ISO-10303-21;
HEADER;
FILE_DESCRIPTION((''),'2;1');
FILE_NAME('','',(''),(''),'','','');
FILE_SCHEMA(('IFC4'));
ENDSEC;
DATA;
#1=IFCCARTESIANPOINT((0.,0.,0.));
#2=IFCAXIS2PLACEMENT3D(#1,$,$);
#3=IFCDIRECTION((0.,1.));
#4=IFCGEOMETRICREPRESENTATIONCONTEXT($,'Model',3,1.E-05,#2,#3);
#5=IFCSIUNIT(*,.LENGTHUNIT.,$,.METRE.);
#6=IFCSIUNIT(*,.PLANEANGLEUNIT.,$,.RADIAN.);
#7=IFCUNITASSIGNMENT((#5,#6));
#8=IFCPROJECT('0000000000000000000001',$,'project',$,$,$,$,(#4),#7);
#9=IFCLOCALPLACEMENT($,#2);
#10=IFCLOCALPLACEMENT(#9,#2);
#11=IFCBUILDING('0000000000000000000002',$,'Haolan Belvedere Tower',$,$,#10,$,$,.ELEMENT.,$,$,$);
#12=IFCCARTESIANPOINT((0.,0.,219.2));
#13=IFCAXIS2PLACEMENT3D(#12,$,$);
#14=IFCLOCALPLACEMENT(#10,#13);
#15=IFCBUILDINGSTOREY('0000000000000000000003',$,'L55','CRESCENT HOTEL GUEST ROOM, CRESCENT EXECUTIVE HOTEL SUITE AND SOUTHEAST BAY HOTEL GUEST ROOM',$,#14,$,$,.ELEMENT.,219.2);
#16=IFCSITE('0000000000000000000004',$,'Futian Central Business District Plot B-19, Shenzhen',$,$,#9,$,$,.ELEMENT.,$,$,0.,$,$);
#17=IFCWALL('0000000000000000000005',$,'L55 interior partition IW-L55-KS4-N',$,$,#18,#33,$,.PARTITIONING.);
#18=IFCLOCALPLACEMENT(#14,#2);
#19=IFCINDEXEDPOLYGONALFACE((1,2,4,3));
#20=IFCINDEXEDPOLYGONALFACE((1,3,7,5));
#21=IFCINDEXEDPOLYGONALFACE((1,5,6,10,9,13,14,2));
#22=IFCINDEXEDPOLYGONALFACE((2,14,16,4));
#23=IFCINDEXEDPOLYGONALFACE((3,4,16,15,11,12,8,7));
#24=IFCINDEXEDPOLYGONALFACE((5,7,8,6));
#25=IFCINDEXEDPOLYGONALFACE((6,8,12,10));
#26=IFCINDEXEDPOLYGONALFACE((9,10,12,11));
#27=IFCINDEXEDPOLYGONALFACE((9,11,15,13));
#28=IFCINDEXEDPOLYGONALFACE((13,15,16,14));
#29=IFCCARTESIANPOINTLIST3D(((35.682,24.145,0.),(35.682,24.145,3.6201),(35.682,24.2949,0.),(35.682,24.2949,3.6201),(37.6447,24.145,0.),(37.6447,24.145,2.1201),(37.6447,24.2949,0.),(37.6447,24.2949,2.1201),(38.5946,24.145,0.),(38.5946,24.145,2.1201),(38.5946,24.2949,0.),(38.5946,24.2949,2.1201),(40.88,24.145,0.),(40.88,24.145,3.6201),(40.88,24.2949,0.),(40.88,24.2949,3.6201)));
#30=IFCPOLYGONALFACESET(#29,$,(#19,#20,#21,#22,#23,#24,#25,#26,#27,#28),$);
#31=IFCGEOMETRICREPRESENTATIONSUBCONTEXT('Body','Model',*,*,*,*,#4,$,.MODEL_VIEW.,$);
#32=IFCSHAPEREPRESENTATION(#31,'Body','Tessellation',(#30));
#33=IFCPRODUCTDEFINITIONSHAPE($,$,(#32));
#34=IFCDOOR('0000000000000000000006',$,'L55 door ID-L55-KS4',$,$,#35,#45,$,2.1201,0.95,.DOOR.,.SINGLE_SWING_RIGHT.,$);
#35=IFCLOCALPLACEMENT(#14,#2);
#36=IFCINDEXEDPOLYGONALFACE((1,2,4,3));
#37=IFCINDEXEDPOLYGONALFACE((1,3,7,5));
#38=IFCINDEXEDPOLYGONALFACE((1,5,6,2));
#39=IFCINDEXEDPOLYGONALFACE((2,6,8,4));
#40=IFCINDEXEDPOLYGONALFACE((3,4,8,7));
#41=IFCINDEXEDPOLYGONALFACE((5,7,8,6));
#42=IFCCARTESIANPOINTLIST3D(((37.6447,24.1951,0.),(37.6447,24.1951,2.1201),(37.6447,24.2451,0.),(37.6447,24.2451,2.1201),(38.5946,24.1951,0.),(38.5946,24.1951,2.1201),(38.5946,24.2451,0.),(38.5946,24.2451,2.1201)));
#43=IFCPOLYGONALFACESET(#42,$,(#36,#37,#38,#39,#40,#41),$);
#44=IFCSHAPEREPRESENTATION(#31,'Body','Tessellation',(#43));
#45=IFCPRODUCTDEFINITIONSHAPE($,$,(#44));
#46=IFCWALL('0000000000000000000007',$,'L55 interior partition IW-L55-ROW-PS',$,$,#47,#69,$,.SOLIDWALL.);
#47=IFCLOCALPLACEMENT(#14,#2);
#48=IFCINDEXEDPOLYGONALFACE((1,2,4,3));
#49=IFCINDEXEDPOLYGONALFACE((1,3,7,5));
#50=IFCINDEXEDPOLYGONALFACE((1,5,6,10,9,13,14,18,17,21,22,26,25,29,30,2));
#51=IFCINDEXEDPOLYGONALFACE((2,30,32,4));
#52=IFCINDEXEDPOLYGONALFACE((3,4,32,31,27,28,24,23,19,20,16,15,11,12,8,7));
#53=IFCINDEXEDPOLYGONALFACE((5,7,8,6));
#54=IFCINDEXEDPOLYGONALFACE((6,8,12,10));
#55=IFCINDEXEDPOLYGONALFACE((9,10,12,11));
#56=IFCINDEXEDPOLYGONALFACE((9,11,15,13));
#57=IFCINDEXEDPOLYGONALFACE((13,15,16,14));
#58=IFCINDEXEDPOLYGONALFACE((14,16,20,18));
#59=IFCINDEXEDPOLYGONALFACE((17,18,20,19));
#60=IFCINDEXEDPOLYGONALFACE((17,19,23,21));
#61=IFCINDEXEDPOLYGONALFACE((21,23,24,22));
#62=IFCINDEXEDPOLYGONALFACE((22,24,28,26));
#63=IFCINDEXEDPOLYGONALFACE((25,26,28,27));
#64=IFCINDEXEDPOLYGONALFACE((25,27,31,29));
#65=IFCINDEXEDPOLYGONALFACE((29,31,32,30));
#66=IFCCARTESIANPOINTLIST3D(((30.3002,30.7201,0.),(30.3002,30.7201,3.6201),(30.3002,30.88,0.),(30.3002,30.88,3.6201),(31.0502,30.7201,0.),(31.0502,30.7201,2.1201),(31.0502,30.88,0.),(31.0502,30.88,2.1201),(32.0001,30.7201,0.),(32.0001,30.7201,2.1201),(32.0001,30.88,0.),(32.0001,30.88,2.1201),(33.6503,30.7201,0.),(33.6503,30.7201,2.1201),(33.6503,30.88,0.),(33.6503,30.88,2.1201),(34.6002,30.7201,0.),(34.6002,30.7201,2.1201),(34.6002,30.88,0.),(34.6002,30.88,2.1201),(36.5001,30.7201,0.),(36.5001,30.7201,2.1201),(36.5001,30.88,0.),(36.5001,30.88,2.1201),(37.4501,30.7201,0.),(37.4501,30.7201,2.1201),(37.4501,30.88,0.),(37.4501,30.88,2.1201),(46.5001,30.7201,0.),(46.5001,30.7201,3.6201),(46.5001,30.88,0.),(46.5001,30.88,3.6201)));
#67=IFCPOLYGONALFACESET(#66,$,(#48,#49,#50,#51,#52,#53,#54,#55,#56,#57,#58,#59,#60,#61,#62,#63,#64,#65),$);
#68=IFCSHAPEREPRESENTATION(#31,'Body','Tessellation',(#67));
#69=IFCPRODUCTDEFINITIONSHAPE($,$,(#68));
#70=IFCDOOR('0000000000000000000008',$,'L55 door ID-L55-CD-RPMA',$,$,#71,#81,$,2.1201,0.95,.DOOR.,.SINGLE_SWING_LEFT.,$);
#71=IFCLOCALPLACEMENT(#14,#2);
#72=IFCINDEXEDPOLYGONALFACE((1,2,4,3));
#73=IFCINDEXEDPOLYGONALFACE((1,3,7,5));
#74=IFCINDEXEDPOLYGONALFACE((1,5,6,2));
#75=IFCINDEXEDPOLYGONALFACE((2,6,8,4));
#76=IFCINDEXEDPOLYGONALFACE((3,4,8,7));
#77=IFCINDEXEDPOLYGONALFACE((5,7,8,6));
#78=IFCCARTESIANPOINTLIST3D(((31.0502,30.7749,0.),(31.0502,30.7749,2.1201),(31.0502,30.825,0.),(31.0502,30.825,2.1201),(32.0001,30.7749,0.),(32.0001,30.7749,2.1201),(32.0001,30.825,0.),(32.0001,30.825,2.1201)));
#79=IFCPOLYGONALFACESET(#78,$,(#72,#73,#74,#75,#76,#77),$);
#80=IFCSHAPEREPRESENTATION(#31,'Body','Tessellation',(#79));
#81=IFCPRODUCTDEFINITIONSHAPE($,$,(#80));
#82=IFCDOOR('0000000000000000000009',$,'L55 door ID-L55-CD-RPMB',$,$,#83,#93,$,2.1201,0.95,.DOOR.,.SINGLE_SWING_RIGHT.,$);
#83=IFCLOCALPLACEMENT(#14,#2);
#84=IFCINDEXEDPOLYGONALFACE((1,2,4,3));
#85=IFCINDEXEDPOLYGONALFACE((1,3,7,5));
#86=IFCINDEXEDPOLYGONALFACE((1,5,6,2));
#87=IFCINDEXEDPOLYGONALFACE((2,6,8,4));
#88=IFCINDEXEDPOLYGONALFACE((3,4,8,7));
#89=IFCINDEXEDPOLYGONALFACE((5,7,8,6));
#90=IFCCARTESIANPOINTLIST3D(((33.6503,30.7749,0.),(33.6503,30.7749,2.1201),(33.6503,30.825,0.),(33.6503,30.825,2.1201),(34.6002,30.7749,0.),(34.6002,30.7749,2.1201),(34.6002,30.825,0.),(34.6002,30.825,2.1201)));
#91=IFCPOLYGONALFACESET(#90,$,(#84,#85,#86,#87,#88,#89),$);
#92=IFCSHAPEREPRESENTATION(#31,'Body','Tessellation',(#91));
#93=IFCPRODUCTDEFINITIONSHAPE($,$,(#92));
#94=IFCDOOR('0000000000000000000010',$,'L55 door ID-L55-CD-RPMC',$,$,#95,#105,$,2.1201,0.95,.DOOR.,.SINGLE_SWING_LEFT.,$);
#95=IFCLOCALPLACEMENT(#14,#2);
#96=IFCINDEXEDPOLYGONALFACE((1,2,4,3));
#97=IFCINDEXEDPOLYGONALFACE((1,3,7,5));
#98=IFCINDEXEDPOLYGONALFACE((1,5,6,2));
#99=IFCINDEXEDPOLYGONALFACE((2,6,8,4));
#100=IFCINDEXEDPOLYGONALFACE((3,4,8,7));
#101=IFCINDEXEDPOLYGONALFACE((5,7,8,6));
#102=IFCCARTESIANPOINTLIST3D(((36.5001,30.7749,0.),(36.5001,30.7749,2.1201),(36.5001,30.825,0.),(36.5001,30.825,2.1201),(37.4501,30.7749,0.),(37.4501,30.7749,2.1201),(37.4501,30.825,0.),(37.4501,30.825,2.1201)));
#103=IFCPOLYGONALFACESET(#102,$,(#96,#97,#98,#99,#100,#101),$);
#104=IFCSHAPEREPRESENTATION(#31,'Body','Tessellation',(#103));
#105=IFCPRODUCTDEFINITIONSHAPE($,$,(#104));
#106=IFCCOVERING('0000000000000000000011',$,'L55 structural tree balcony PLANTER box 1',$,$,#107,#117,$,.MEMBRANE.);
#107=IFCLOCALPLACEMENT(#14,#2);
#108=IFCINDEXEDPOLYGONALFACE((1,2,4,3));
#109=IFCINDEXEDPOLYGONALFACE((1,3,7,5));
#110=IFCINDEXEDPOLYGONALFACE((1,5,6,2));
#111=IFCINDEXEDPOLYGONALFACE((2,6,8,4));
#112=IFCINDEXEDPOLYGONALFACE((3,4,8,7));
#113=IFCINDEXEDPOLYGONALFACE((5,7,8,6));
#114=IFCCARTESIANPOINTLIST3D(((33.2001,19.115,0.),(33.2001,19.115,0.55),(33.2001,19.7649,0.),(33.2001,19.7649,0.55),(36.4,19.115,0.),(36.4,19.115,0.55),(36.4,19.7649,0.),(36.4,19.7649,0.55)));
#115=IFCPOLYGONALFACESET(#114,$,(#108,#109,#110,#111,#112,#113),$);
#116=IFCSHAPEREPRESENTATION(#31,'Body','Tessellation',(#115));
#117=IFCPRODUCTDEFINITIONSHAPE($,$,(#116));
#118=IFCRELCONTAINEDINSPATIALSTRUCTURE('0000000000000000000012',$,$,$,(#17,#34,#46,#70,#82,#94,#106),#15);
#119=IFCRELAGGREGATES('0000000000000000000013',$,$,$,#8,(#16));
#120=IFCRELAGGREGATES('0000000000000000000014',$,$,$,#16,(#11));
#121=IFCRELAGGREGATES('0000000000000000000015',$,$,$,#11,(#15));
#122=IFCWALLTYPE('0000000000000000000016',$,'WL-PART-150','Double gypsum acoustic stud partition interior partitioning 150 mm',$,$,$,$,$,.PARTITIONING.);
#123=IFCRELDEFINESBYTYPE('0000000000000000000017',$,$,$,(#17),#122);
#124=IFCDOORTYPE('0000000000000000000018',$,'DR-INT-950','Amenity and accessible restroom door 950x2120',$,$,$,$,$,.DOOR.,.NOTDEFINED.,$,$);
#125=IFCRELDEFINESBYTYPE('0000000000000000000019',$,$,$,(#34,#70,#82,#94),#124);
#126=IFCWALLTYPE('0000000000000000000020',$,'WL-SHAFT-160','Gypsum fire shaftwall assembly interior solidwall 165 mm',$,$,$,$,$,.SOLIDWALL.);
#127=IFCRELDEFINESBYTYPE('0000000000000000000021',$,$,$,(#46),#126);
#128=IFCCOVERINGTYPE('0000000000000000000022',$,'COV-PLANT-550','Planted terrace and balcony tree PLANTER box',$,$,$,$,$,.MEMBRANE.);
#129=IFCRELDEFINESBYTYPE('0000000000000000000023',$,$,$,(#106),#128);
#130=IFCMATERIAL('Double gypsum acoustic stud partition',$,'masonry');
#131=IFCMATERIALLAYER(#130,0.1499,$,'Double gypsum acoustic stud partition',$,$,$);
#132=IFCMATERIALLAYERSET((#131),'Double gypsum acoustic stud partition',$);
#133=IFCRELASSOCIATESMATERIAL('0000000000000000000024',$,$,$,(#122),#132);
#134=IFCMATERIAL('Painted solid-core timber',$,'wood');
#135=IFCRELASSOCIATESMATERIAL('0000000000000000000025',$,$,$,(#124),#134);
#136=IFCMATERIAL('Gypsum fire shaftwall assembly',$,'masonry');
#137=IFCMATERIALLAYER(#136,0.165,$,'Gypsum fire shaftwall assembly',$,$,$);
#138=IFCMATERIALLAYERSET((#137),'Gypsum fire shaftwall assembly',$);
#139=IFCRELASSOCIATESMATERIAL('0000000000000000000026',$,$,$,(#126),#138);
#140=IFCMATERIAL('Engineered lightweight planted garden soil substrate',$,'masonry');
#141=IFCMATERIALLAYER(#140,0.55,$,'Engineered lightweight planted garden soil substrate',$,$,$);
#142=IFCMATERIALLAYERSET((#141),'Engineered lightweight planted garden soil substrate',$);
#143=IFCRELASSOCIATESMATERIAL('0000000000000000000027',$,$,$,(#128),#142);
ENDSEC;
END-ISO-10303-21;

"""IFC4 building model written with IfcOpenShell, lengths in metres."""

from ifc_helpers import new_model, si_unit, direction, frame, frame_2d, origin, origin_2d, place, context, subcontext, project, spatial, rectangle, extrude, material, layer, layer_set, type_object, element, fill, save


model = new_model("IFC4")

# Units and contexts
model_context = context("Model", 3, precision=1e-05, world=origin(), true_north=direction((0.0, 1.0)))
body_context = subcontext(model_context, "Body", "Model", "MODEL_VIEW")
ifc_project = project(units=[si_unit("LENGTHUNIT", "METRE"), si_unit("PLANEANGLEUNIT", "RADIAN")], contexts=[model_context])

# Site, building, storey
site_placement = place(None, origin())
site = spatial("IfcSite", under=ifc_project, at=site_placement, Name="Futian Central Business District Plot B-19, Shenzhen", CompositionType="ELEMENT", RefElevation=0.0)
building_placement = place(site_placement, origin())
building = spatial("IfcBuilding", under=site, at=building_placement, Name="Haolan Belvedere Tower", CompositionType="ELEMENT")
storey_placement = place(building_placement, frame((0.0, 0.0, 219.2)))
storey = spatial("IfcBuildingStorey", under=building, at=storey_placement, Name="L55", Description="CRESCENT HOTEL GUEST ROOM, CRESCENT EXECUTIVE HOTEL SUITE AND SOUTHEAST BAY HOTEL GUEST ROOM", CompositionType="ELEMENT", Elevation=219.2)

# Shared definitions
ifc_material_1 = material(Name="Double gypsum acoustic stud partition", Category="masonry")
ifc_layer_1 = layer(ifc_material_1, 0.1499, Name="Double gypsum acoustic stud partition")
ifc_layer_set_1 = layer_set([ifc_layer_1], Name="Double gypsum acoustic stud partition")
wall_type_1 = type_object("IfcWallType", Name="WL-PART-150", Description="Double gypsum acoustic stud partition interior partitioning 150 mm", PredefinedType="PARTITIONING", material=ifc_layer_set_1)

# Shared definitions
ifc_material_2 = material(Name="Painted solid-core timber", Category="wood")
door_type = type_object("IfcDoorType", Name="DR-INT-950", Description="Amenity and accessible restroom door 950x2120", OperationType="NOTDEFINED", PredefinedType="DOOR", material=ifc_material_2)

# Wall, opening, door
wall_1_placement = place(storey_placement, frame((35.6819, 24.22, 0.0), z_axis=(0.0, 0.0, 1.0), x_axis=(1.0, 0.0, 0.0)))
wall_1 = element("IfcWall", 1, at=wall_1_placement, inside=storey, type_object=wall_type_1, Name="L55 interior partition IW-L55-KS4-N", PredefinedType="PARTITIONING", context=body_context, shape_type="SweptSolid", body=[
    extrude(rectangle(XDim=5.198, YDim=0.1499, at=frame_2d((2.5991, 0.0))), origin(), (0.0, 0.0, 1.0), 3.6201),
])
opening_1_placement = place(wall_1_placement, frame((2.9128, 0.0, 0.0), z_axis=(0.0, 0.0, 1.0), x_axis=(-1.0, 0.0, 0.0)))
opening_1 = element("IfcOpeningElement", 2, at=opening_1_placement, cuts=wall_1, PredefinedType="OPENING", context=body_context, shape_type="SweptSolid", body=[
    extrude(rectangle(XDim=0.95, YDim=2.1201, at=frame_2d((0.4751, 1.0601))), frame((0.0, 0.085, 0.0), z_axis=(0.0, -1.0, 0.0), x_axis=(1.0, 0.0, 0.0)), (0.0, 0.0, 1.0), 0.1699),
])
door_1_placement = place(opening_1_placement, origin())
door_1 = element("IfcDoor", 3, at=door_1_placement, inside=storey, type_object=door_type, Name="L55 door ID-L55-KS4", OperationType="SINGLE_SWING_RIGHT", OverallHeight=2.1201, OverallWidth=0.95, PredefinedType="DOOR", context=body_context, shape_type="SweptSolid", body=[
    extrude(rectangle(XDim=0.95, YDim=2.1201, at=frame_2d((0.4751, 1.0601))), frame((0.0, 0.0249, 0.0), z_axis=(0.0, -1.0, 0.0), x_axis=(1.0, 0.0, 0.0)), (0.0, 0.0, 1.0), 0.05),
])
fill(opening_1, door_1)

# Wall, openings, doors
ifc_material_3 = material(Name="Gypsum fire shaftwall assembly", Category="masonry")
ifc_layer_2 = layer(ifc_material_3, 0.165, Name="Gypsum fire shaftwall assembly")
ifc_layer_set_2 = layer_set([ifc_layer_2], Name="Gypsum fire shaftwall assembly")
wall_type_2 = type_object("IfcWallType", Name="WL-SHAFT-160", Description="Gypsum fire shaftwall assembly interior solidwall 165 mm", PredefinedType="SOLIDWALL", material=ifc_layer_set_2)
wall_2_placement = place(storey_placement, frame((30.3, 30.8, 0.0), z_axis=(0.0, 0.0, 1.0), x_axis=(1.0, 0.0, 0.0)))
wall_2 = element("IfcWall", 4, at=wall_2_placement, inside=storey, type_object=wall_type_2, Name="L55 interior partition IW-L55-ROW-PS", PredefinedType="SOLIDWALL", context=body_context, shape_type="SweptSolid", body=[
    extrude(rectangle(XDim=16.2, YDim=0.1599, at=frame_2d((8.1001, 0.0))), origin(), (0.0, 0.0, 1.0), 3.6201),
])
opening_2_placement = place(wall_2_placement, frame((0.75, 0.0, 0.0)))
opening_2 = element("IfcOpeningElement", 5, at=opening_2_placement, cuts=wall_2, PredefinedType="OPENING", context=body_context, shape_type="SweptSolid", body=[
    extrude(rectangle(XDim=0.95, YDim=2.1201, at=frame_2d((0.4751, 1.0601))), frame((0.0, 0.0898, 0.0), z_axis=(0.0, -1.0, 0.0), x_axis=(1.0, 0.0, 0.0)), (0.0, 0.0, 1.0), 0.1799),
])
opening_3_placement = place(wall_2_placement, frame((3.3501, 0.0, 0.0)))
opening_3 = element("IfcOpeningElement", 6, at=opening_3_placement, cuts=wall_2, PredefinedType="OPENING", context=body_context, shape_type="SweptSolid", body=[
    extrude(rectangle(XDim=0.95, YDim=2.1201, at=frame_2d((0.4751, 1.0601))), frame((0.0, 0.0898, 0.0), z_axis=(0.0, -1.0, 0.0), x_axis=(1.0, 0.0, 0.0)), (0.0, 0.0, 1.0), 0.1799),
])
opening_4_placement = place(wall_2_placement, frame((6.2, 0.0, 0.0)))
opening_4 = element("IfcOpeningElement", 7, at=opening_4_placement, cuts=wall_2, PredefinedType="OPENING", context=body_context, shape_type="SweptSolid", body=[
    extrude(rectangle(XDim=0.95, YDim=2.1201, at=frame_2d((0.4751, 1.0601))), frame((0.0, 0.0898, 0.0), z_axis=(0.0, -1.0, 0.0), x_axis=(1.0, 0.0, 0.0)), (0.0, 0.0, 1.0), 0.1799),
])
door_2_placement = place(opening_2_placement, origin())
door_2 = element("IfcDoor", 8, at=door_2_placement, inside=storey, type_object=door_type, Name="L55 door ID-L55-CD-RPMA", OperationType="SINGLE_SWING_LEFT", OverallHeight=2.1201, OverallWidth=0.95, PredefinedType="DOOR", context=body_context, shape_type="SweptSolid", body=[
    extrude(rectangle(XDim=0.95, YDim=2.1201, at=frame_2d((0.4751, 1.0601))), frame((0.0, 0.0249, 0.0), z_axis=(0.0, -1.0, 0.0), x_axis=(1.0, 0.0, 0.0)), (0.0, 0.0, 1.0), 0.05),
])
fill(opening_2, door_2)
door_3_placement = place(opening_3_placement, origin())
door_3 = element("IfcDoor", 9, at=door_3_placement, inside=storey, type_object=door_type, Name="L55 door ID-L55-CD-RPMB", OperationType="SINGLE_SWING_RIGHT", OverallHeight=2.1201, OverallWidth=0.95, PredefinedType="DOOR", context=body_context, shape_type="SweptSolid", body=[
    extrude(rectangle(XDim=0.95, YDim=2.1201, at=frame_2d((0.4751, 1.0601))), frame((0.0, 0.0249, 0.0), z_axis=(0.0, -1.0, 0.0), x_axis=(1.0, 0.0, 0.0)), (0.0, 0.0, 1.0), 0.05),
])
fill(opening_3, door_3)
door_4_placement = place(opening_4_placement, origin())
door_4 = element("IfcDoor", 10, at=door_4_placement, inside=storey, type_object=door_type, Name="L55 door ID-L55-CD-RPMC", OperationType="SINGLE_SWING_LEFT", OverallHeight=2.1201, OverallWidth=0.95, PredefinedType="DOOR", context=body_context, shape_type="SweptSolid", body=[
    extrude(rectangle(XDim=0.95, YDim=2.1201, at=frame_2d((0.4751, 1.0601))), frame((0.0, 0.0249, 0.0), z_axis=(0.0, -1.0, 0.0), x_axis=(1.0, 0.0, 0.0)), (0.0, 0.0, 1.0), 0.05),
])
fill(opening_4, door_4)

# Covering
ifc_material_4 = material(Name="Engineered lightweight planted garden soil substrate", Category="masonry")
ifc_layer_3 = layer(ifc_material_4, 0.55, Name="Engineered lightweight planted garden soil substrate")
ifc_layer_set_3 = layer_set([ifc_layer_3], Name="Engineered lightweight planted garden soil substrate")
covering_type = type_object("IfcCoveringType", Name="COV-PLANT-550", Description="Planted terrace and balcony tree PLANTER box", PredefinedType="MEMBRANE", material=ifc_layer_set_3)
covering_placement = place(storey_placement, frame((34.8, 19.4399, 0.0), z_axis=(0.0, 0.0, 1.0), x_axis=(1.0, 0.0, 0.0)))
element("IfcCovering", 11, at=covering_placement, inside=storey, type_object=covering_type, Name="L55 structural tree balcony PLANTER box 1", PredefinedType="MEMBRANE", context=body_context, shape_type="SweptSolid", body=[
    extrude(rectangle(XDim=3.2, YDim=0.6499, at=origin_2d()), origin(), (0.0, 0.0, 1.0), 0.55),
])

save(model, "model.ifc")
